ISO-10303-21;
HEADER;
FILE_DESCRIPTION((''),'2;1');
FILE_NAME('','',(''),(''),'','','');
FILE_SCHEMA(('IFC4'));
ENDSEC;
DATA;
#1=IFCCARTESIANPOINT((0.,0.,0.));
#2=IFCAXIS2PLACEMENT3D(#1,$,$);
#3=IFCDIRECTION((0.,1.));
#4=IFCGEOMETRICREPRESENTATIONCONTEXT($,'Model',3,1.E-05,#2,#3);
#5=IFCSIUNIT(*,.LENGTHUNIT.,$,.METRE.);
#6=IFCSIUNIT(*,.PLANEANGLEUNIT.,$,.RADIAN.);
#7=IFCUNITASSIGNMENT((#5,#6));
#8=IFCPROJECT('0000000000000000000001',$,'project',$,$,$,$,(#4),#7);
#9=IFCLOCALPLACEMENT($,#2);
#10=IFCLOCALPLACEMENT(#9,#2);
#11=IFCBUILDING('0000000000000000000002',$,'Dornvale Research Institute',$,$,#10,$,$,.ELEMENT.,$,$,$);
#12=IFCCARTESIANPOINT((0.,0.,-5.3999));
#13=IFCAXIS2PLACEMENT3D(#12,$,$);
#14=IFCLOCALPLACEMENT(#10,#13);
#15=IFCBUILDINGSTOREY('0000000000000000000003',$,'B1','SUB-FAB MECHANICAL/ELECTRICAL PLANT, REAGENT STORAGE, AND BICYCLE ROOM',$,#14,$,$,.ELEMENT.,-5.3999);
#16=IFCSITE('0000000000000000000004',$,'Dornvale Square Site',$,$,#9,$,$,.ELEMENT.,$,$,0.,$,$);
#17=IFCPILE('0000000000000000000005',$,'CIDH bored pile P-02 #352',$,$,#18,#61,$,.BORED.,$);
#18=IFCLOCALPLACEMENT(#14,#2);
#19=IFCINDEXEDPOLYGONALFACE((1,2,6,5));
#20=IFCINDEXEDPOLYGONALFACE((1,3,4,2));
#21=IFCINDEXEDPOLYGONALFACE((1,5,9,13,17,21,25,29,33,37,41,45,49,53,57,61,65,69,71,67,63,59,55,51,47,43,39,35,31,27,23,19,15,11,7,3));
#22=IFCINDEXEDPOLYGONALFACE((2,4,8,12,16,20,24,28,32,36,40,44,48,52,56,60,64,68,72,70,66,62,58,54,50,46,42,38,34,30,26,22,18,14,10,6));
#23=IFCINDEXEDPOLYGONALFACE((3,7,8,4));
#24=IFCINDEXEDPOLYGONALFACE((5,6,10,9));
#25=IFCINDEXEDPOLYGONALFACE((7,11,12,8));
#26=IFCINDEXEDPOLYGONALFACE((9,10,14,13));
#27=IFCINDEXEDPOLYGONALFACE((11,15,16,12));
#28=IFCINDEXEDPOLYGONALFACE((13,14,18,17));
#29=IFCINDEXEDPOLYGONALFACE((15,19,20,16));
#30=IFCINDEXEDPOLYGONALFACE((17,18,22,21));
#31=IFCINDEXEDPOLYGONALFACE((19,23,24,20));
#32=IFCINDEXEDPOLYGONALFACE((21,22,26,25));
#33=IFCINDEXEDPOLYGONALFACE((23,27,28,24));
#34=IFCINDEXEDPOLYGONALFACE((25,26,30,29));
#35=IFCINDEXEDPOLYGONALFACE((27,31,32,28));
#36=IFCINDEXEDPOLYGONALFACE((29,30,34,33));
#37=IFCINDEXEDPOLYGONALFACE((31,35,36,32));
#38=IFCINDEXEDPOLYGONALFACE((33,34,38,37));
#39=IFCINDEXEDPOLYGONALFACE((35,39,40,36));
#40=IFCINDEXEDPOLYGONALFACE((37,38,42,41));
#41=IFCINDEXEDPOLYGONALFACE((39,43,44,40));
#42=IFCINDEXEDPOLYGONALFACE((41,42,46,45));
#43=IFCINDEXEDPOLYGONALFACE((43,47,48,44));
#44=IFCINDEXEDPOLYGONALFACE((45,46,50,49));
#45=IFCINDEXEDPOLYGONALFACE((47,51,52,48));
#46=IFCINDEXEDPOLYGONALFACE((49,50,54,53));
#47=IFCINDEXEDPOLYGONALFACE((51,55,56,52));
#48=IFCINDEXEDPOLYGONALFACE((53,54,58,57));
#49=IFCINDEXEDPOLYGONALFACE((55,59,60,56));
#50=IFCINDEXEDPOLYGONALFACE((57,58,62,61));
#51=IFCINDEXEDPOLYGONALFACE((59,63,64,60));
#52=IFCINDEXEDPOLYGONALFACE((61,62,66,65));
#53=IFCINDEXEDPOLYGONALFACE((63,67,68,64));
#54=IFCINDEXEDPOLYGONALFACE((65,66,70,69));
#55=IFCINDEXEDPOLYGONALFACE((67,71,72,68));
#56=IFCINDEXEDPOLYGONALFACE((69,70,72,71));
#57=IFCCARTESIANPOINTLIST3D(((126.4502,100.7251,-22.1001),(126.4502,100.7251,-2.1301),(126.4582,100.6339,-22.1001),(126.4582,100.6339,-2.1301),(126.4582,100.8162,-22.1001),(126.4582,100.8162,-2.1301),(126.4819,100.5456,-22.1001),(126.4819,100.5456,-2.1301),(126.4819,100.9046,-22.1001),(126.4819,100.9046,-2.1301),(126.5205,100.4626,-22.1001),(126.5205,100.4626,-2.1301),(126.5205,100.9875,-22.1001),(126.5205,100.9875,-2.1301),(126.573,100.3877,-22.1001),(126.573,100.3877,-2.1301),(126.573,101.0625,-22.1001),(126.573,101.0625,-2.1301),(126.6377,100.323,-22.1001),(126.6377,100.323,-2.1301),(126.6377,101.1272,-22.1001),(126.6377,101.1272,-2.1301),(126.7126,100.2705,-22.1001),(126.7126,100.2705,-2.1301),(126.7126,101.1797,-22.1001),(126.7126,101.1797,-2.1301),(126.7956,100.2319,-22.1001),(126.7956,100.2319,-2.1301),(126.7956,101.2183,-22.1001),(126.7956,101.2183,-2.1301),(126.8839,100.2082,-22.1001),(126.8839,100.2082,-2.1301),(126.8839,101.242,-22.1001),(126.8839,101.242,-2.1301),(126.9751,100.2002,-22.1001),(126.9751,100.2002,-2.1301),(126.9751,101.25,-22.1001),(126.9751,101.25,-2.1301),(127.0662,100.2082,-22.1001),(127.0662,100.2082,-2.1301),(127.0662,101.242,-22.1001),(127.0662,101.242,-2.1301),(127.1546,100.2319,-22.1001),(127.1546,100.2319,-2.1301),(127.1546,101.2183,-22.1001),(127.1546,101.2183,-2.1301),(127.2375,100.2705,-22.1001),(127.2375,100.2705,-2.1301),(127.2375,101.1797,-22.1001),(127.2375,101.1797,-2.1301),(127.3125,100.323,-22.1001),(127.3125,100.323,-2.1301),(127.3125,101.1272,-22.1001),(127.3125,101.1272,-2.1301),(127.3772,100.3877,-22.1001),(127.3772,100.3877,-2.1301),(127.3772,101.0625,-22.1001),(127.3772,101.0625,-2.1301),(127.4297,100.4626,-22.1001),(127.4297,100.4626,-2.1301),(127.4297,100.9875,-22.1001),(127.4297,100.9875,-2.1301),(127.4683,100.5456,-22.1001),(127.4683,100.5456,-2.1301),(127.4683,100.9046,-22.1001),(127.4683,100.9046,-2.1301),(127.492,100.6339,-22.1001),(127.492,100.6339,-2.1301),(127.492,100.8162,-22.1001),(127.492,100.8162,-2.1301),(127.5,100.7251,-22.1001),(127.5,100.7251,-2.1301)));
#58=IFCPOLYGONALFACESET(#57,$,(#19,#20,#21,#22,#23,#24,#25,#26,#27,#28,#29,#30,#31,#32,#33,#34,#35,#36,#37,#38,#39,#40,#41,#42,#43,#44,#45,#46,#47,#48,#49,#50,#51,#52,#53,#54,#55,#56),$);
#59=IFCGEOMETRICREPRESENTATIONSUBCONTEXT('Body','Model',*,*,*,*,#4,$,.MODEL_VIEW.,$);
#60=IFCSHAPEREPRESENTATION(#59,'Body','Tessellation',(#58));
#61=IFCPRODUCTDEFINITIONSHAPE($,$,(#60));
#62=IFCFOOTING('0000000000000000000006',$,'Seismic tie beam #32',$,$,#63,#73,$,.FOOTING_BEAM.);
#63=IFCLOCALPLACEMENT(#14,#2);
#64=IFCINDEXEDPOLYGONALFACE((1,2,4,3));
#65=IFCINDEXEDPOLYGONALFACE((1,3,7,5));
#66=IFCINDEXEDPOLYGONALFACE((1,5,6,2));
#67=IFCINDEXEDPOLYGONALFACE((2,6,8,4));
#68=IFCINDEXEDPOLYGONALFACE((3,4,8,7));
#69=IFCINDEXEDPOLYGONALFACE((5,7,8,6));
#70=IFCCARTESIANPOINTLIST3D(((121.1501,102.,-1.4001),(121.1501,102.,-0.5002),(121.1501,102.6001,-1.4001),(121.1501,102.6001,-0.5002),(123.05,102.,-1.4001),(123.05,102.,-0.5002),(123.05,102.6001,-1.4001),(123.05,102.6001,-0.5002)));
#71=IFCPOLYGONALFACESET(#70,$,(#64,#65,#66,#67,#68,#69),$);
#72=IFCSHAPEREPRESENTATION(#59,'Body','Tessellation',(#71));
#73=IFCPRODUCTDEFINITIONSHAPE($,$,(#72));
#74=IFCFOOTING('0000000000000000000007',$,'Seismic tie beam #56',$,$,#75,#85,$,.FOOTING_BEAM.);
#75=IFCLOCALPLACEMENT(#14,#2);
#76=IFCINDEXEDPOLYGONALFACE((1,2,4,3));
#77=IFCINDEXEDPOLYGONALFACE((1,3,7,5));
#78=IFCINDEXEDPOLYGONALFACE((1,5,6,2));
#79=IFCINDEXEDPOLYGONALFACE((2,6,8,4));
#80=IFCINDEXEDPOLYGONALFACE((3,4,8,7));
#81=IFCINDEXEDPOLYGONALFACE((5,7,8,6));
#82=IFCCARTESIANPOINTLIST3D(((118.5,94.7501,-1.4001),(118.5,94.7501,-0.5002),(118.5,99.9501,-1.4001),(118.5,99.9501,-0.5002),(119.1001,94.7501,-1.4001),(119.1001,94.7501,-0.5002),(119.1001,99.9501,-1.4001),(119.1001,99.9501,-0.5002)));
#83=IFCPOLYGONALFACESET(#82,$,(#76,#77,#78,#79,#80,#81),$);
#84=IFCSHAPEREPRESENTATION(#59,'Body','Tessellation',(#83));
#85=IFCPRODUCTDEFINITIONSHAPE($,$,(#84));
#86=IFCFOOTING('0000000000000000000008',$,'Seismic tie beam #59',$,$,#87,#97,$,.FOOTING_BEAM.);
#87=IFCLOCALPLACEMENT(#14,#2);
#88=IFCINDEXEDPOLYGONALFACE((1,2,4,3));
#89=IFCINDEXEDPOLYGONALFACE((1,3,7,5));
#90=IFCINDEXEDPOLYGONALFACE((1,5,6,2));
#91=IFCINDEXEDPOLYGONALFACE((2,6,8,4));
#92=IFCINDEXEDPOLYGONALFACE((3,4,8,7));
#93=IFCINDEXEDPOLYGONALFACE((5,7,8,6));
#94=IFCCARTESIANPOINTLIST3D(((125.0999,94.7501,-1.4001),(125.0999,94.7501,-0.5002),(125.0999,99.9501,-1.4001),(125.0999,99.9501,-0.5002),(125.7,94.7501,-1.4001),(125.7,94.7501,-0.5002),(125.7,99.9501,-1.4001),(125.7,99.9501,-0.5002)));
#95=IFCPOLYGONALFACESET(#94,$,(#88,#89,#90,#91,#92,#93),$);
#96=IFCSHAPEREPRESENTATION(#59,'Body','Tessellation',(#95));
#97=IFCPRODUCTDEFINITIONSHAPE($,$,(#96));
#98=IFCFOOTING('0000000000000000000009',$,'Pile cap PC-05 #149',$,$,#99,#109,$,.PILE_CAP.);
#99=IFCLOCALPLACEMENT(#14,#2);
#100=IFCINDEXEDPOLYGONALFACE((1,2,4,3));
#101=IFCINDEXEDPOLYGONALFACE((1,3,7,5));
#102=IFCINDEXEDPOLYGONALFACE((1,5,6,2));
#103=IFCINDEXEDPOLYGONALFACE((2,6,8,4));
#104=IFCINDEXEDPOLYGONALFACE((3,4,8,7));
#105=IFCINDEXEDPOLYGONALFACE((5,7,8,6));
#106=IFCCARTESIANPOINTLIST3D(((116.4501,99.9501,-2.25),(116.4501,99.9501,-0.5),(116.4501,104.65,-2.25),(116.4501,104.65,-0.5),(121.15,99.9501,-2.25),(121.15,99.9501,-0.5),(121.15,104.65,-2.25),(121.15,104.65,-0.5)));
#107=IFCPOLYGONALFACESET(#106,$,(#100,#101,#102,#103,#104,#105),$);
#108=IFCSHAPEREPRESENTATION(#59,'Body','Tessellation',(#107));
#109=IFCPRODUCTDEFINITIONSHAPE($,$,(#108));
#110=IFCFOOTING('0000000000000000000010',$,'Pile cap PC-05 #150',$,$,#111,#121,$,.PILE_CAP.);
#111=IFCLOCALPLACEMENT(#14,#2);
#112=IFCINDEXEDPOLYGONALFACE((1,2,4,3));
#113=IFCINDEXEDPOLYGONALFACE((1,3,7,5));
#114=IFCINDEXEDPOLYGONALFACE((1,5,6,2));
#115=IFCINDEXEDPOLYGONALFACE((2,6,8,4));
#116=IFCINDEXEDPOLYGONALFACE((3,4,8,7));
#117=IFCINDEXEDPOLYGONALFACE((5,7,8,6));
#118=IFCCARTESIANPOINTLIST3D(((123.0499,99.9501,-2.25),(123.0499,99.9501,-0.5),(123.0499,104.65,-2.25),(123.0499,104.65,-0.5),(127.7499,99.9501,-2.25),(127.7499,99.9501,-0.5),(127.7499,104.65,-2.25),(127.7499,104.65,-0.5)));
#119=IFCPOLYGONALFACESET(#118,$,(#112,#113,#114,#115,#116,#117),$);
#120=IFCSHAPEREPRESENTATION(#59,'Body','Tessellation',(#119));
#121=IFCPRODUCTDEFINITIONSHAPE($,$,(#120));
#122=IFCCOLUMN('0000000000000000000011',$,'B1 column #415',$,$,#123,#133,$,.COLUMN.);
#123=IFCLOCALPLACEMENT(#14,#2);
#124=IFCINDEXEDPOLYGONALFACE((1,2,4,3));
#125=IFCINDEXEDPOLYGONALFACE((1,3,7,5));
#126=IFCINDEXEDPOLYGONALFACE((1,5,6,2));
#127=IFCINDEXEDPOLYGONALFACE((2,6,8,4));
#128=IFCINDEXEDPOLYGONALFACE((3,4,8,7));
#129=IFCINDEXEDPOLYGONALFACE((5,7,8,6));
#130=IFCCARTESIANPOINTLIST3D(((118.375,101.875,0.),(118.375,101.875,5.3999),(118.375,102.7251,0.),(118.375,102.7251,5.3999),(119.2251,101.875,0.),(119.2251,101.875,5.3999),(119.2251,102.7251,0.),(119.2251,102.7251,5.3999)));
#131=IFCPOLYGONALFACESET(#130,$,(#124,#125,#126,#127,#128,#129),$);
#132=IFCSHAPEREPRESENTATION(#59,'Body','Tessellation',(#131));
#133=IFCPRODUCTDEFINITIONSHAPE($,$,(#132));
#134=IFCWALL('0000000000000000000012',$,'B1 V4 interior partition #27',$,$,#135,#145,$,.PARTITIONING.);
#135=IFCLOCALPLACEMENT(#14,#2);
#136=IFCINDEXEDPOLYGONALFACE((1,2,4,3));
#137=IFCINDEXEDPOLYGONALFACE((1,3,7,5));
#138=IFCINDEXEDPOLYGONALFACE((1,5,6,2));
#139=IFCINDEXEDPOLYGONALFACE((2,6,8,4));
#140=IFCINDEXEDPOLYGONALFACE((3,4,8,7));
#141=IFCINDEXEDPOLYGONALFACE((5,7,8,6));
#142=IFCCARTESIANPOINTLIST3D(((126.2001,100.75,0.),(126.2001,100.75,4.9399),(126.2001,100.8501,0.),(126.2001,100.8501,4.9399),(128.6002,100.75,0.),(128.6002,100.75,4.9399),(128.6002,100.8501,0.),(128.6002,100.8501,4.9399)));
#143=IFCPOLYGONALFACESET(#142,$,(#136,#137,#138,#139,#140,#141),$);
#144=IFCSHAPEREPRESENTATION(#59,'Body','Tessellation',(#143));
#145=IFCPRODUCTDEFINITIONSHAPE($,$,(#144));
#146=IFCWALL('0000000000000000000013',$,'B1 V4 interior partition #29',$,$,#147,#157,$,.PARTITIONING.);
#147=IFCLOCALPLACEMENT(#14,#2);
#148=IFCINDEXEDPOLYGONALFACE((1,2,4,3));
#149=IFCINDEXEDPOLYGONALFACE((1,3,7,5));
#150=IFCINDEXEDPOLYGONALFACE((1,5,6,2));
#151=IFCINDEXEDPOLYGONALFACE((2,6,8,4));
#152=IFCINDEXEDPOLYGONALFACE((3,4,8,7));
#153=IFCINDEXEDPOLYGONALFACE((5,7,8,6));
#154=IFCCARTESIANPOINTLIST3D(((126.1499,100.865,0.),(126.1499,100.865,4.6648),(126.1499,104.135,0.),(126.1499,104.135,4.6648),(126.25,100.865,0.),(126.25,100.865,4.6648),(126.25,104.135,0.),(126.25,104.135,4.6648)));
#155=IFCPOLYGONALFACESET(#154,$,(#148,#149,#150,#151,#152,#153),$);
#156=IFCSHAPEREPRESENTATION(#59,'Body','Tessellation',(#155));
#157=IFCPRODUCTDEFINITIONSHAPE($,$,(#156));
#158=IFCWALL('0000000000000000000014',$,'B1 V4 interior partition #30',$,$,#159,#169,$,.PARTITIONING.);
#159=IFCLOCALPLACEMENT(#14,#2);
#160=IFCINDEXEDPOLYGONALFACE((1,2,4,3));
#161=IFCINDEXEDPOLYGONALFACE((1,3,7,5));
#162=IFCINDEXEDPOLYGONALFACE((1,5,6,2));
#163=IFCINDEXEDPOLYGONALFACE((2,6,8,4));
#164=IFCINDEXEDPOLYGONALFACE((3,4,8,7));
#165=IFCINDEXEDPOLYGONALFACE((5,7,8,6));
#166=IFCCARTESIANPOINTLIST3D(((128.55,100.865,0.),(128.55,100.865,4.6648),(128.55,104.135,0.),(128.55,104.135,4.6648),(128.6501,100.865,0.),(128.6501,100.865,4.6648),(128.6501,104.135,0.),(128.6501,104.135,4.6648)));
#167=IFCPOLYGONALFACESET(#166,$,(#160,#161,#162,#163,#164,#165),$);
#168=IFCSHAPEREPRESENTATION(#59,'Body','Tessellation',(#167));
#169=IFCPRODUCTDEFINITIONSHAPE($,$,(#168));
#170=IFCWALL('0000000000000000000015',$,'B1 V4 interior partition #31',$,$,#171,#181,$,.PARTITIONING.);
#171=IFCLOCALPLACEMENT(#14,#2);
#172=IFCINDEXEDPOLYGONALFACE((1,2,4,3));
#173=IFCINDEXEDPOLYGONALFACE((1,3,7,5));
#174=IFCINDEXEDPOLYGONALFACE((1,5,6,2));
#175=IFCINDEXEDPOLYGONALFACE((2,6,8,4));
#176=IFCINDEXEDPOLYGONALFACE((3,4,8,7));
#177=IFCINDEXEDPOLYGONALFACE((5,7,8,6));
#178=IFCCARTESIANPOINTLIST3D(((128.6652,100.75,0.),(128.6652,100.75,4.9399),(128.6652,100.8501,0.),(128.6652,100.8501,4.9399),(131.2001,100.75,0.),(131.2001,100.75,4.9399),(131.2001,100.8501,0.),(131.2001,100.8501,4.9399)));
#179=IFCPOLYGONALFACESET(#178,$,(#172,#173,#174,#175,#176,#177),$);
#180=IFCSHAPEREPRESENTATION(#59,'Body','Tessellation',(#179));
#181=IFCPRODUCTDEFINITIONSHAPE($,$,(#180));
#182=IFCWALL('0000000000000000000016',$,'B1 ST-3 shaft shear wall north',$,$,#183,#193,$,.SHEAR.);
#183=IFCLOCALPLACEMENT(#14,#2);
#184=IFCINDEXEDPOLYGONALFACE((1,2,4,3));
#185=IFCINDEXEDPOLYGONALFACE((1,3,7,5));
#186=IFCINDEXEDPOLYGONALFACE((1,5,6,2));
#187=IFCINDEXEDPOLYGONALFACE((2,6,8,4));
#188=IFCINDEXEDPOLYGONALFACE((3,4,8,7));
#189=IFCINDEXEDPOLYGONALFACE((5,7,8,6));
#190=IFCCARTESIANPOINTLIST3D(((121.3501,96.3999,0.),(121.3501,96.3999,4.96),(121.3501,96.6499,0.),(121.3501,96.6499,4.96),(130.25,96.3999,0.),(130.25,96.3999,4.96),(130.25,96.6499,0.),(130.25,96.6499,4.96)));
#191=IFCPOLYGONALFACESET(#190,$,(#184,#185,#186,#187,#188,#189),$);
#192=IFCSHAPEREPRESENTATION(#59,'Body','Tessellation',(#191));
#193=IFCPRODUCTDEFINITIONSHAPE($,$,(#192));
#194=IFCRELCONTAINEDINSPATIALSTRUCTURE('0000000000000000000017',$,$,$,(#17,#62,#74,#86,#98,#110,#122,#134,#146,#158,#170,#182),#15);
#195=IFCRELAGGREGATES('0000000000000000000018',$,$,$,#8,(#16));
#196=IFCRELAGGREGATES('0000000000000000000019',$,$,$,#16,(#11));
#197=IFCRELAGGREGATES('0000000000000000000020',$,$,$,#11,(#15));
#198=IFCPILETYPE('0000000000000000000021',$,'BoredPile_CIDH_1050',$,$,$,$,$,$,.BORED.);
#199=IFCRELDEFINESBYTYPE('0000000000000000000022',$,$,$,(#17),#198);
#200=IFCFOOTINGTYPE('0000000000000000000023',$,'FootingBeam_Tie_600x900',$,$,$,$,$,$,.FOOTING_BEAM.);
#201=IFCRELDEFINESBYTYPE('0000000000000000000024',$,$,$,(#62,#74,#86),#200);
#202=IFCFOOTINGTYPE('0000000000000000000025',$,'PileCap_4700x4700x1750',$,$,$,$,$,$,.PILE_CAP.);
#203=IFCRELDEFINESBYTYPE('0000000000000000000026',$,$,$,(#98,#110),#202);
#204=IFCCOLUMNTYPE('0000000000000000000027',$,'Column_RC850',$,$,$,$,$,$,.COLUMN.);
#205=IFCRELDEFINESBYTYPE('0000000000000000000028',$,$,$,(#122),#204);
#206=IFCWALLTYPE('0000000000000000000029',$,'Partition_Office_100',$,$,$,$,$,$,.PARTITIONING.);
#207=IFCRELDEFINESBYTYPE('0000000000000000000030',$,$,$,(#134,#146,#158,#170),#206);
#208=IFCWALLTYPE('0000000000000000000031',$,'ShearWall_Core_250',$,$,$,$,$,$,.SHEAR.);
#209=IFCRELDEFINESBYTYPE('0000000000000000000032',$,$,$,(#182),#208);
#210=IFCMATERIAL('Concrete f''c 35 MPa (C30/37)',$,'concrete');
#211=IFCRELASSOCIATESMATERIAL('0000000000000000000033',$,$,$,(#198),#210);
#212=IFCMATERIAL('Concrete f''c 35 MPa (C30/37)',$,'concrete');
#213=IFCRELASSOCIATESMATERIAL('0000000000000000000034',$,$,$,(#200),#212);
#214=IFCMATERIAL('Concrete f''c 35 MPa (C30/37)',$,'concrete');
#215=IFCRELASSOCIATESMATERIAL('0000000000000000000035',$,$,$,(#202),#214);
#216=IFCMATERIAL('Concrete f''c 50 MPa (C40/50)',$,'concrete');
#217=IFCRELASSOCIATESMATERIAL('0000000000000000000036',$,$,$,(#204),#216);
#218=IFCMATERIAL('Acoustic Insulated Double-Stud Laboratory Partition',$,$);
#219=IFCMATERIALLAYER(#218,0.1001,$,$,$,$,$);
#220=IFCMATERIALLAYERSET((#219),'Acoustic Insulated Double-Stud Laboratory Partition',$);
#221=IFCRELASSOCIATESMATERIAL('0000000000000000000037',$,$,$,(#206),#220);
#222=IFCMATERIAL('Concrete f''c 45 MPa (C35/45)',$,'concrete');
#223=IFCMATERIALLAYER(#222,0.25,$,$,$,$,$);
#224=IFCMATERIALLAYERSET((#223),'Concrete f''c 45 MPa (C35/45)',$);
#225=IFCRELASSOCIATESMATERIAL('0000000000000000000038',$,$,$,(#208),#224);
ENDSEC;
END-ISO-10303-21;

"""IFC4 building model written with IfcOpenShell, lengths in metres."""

from ifc_helpers import new_model, si_unit, direction, frame, frame_2d, origin, origin_2d, place, context, subcontext, project, spatial, rectangle, circle, extrude, material, layer, layer_set, material_profile, profile_set, type_object, element, save


model = new_model("IFC4")

# Units and contexts
model_context = context("Model", 3, precision=1e-05, world=origin(), true_north=direction((0.0, 1.0)))
body_context = subcontext(model_context, "Body", "Model", "MODEL_VIEW")
ifc_project = project(units=[si_unit("LENGTHUNIT", "METRE"), si_unit("PLANEANGLEUNIT", "RADIAN")], contexts=[model_context])

# Site, building, storey
site_placement = place(None, origin())
site = spatial("IfcSite", under=ifc_project, at=site_placement, Name="Dornvale Square Site", CompositionType="ELEMENT", RefElevation=0.0)
building_placement = place(site_placement, origin())
building = spatial("IfcBuilding", under=site, at=building_placement, Name="Dornvale Research Institute", CompositionType="ELEMENT")
storey_placement = place(building_placement, frame((0.0, 0.0, -5.3999)))
storey = spatial("IfcBuildingStorey", under=building, at=storey_placement, Name="B1", Description="SUB-FAB MECHANICAL/ELECTRICAL PLANT, REAGENT STORAGE, AND BICYCLE ROOM", CompositionType="ELEMENT", Elevation=-5.3999)

# Pile
ifc_material_1 = material(Name="Concrete f'c 35 MPa (C30/37)", Category="concrete")
ifc_material_profile_1 = material_profile(ifc_material_1, circle(Radius=0.5249, at=origin_2d()), Name="CIDH PILE D1050")
ifc_profile_set_1 = profile_set([ifc_material_profile_1], Name="Concrete f'c 35 MPa (C30/37)")
pile_type = type_object("IfcPileType", Name="BoredPile_CIDH_1050", PredefinedType="BORED", material=ifc_profile_set_1)
for number, where, z_axis, x_axis, name in (
    (1, (126.9751, 100.7251, -2.1301), (0.0, 0.0, -1.0), (1.0, 0.0, 0.0), "CIDH bored pile P-02 #352"),
):
    element("IfcPile", number, at=place(storey_placement, frame(where, z_axis=z_axis, x_axis=x_axis)), inside=storey, type_object=pile_type, Name=name, PredefinedType="BORED", context=body_context, shape_type="SweptSolid", body=[
        extrude(circle(Radius=0.5249, at=origin_2d()), origin(), (0.0, 0.0, 1.0), 19.97),
    ])

# Footings
ifc_material_2 = material(Name="Concrete f'c 35 MPa (C30/37)", Category="concrete")
footing_type_1 = type_object("IfcFootingType", Name="FootingBeam_Tie_600x900", PredefinedType="FOOTING_BEAM", material=ifc_material_2)
footing_placement = place(storey_placement, frame((122.1001, 102.3, -1.4001), z_axis=(0.0, 0.0, 1.0), x_axis=(1.0, 0.0, 0.0)))
element("IfcFooting", 2, at=footing_placement, inside=storey, type_object=footing_type_1, Name="Seismic tie beam #32", PredefinedType="FOOTING_BEAM", context=body_context, shape_type="SweptSolid", body=[
    extrude(rectangle(XDim=1.8999, YDim=0.6001, at=origin_2d()), origin(), (0.0, 0.0, 1.0), 0.8999),
])
for number, where, z_axis, x_axis, name in (
    (3, (118.8, 97.3501, -1.4001), (0.0, 0.0, 1.0), (0.0, 1.0, 0.0), "Seismic tie beam #56"),
    (4, (125.3999, 97.3501, -1.4001), (0.0, 0.0, 1.0), (0.0, 1.0, 0.0), "Seismic tie beam #59"),
):
    element("IfcFooting", number, at=place(storey_placement, frame(where, z_axis=z_axis, x_axis=x_axis)), inside=storey, type_object=footing_type_1, Name=name, PredefinedType="FOOTING_BEAM", context=body_context, shape_type="SweptSolid", body=[
        extrude(rectangle(XDim=5.2, YDim=0.6001, at=origin_2d()), origin(), (0.0, 0.0, 1.0), 0.8999),
    ])
ifc_material_3 = material(Name="Concrete f'c 35 MPa (C30/37)", Category="concrete")
footing_type_2 = type_object("IfcFootingType", Name="PileCap_4700x4700x1750", PredefinedType="PILE_CAP", material=ifc_material_3)
for number, where, z_axis, x_axis, name in (
    (5, (118.8, 102.3, -2.25), (0.0, 0.0, 1.0), (1.0, 0.0, 0.0), "Pile cap PC-05 #149"),
    (6, (125.3999, 102.3, -2.25), (0.0, 0.0, 1.0), (1.0, 0.0, 0.0), "Pile cap PC-05 #150"),
):
    element("IfcFooting", number, at=place(storey_placement, frame(where, z_axis=z_axis, x_axis=x_axis)), inside=storey, type_object=footing_type_2, Name=name, PredefinedType="PILE_CAP", context=body_context, shape_type="SweptSolid", body=[
        extrude(rectangle(XDim=4.7, YDim=4.7, at=origin_2d()), origin(), (0.0, 0.0, 1.0), 1.75),
    ])

# Column
ifc_material_4 = material(Name="Concrete f'c 50 MPa (C40/50)", Category="concrete")
ifc_material_profile_2 = material_profile(ifc_material_4, rectangle(XDim=0.8501, YDim=0.8501, at=origin_2d()), Name="RC 850x850")
ifc_profile_set_2 = profile_set([ifc_material_profile_2], Name="Concrete f'c 50 MPa (C40/50)")
column_type = type_object("IfcColumnType", Name="Column_RC850", PredefinedType="COLUMN", material=ifc_profile_set_2)
column_placement = place(storey_placement, frame((118.8, 102.3, 0.0), z_axis=(0.0, 0.0, 1.0), x_axis=(1.0, 0.0, 0.0)))
element("IfcColumn", 7, at=column_placement, inside=storey, type_object=column_type, Name="B1 column #415", PredefinedType="COLUMN", context=body_context, shape_type="SweptSolid", body=[
    extrude(rectangle(XDim=0.8501, YDim=0.8501, at=origin_2d()), origin(), (0.0, 0.0, 1.0), 5.3999),
])

# Walls
ifc_material_5 = material(Name="Acoustic Insulated Double-Stud Laboratory Partition")
ifc_layer_1 = layer(ifc_material_5, 0.1001)
ifc_layer_set_1 = layer_set([ifc_layer_1], Name="Acoustic Insulated Double-Stud Laboratory Partition")
wall_type_1 = type_object("IfcWallType", Name="Partition_Office_100", PredefinedType="PARTITIONING", material=ifc_layer_set_1)
wall_1_placement = place(storey_placement, frame((126.2, 100.8, 0.0), z_axis=(0.0, 0.0, 1.0), x_axis=(1.0, 0.0, 0.0)))
element("IfcWall", 8, at=wall_1_placement, inside=storey, type_object=wall_type_1, Name="B1 V4 interior partition #27", PredefinedType="PARTITIONING", context=body_context, shape_type="SweptSolid", body=[
    extrude(rectangle(XDim=2.4001, YDim=0.1001, at=frame_2d((1.2002, 0.0))), origin(), (0.0, 0.0, 1.0), 4.9399),
])
for number, where, z_axis, x_axis, name in (
    (9, (126.2, 100.865, 0.0), (0.0, 0.0, 1.0), (0.0, 1.0, 0.0), "B1 V4 interior partition #29"),
    (10, (128.6001, 100.865, 0.0), (0.0, 0.0, 1.0), (0.0, 1.0, 0.0), "B1 V4 interior partition #30"),
):
    element("IfcWall", number, at=place(storey_placement, frame(where, z_axis=z_axis, x_axis=x_axis)), inside=storey, type_object=wall_type_1, Name=name, PredefinedType="PARTITIONING", context=body_context, shape_type="SweptSolid", body=[
        extrude(rectangle(XDim=3.27, YDim=0.1001, at=frame_2d((1.635, 0.0))), origin(), (0.0, 0.0, 1.0), 4.6648),
    ])
wall_2_placement = place(storey_placement, frame((128.665, 100.8, 0.0), z_axis=(0.0, 0.0, 1.0), x_axis=(1.0, 0.0, 0.0)))
element("IfcWall", 11, at=wall_2_placement, inside=storey, type_object=wall_type_1, Name="B1 V4 interior partition #31", PredefinedType="PARTITIONING", context=body_context, shape_type="SweptSolid", body=[
    extrude(rectangle(XDim=2.5349, YDim=0.1001, at=frame_2d((1.2676, 0.0))), origin(), (0.0, 0.0, 1.0), 4.9399),
])
ifc_material_6 = material(Name="Concrete f'c 45 MPa (C35/45)", Category="concrete")
ifc_layer_2 = layer(ifc_material_6, 0.25)
ifc_layer_set_2 = layer_set([ifc_layer_2], Name="Concrete f'c 45 MPa (C35/45)")
wall_type_2 = type_object("IfcWallType", Name="ShearWall_Core_250", PredefinedType="SHEAR", material=ifc_layer_set_2)
wall_3_placement = place(storey_placement, frame((121.3501, 96.5249, 0.0), z_axis=(0.0, 0.0, 1.0), x_axis=(1.0, 0.0, 0.0)))
element("IfcWall", 12, at=wall_3_placement, inside=storey, type_object=wall_type_2, Name="B1 ST-3 shaft shear wall north", PredefinedType="SHEAR", context=body_context, shape_type="SweptSolid", body=[
    extrude(rectangle(XDim=8.8999, YDim=0.25, at=frame_2d((4.45, 0.0))), origin(), (0.0, 0.0, 1.0), 4.96),
])

save(model, "model.ifc")
